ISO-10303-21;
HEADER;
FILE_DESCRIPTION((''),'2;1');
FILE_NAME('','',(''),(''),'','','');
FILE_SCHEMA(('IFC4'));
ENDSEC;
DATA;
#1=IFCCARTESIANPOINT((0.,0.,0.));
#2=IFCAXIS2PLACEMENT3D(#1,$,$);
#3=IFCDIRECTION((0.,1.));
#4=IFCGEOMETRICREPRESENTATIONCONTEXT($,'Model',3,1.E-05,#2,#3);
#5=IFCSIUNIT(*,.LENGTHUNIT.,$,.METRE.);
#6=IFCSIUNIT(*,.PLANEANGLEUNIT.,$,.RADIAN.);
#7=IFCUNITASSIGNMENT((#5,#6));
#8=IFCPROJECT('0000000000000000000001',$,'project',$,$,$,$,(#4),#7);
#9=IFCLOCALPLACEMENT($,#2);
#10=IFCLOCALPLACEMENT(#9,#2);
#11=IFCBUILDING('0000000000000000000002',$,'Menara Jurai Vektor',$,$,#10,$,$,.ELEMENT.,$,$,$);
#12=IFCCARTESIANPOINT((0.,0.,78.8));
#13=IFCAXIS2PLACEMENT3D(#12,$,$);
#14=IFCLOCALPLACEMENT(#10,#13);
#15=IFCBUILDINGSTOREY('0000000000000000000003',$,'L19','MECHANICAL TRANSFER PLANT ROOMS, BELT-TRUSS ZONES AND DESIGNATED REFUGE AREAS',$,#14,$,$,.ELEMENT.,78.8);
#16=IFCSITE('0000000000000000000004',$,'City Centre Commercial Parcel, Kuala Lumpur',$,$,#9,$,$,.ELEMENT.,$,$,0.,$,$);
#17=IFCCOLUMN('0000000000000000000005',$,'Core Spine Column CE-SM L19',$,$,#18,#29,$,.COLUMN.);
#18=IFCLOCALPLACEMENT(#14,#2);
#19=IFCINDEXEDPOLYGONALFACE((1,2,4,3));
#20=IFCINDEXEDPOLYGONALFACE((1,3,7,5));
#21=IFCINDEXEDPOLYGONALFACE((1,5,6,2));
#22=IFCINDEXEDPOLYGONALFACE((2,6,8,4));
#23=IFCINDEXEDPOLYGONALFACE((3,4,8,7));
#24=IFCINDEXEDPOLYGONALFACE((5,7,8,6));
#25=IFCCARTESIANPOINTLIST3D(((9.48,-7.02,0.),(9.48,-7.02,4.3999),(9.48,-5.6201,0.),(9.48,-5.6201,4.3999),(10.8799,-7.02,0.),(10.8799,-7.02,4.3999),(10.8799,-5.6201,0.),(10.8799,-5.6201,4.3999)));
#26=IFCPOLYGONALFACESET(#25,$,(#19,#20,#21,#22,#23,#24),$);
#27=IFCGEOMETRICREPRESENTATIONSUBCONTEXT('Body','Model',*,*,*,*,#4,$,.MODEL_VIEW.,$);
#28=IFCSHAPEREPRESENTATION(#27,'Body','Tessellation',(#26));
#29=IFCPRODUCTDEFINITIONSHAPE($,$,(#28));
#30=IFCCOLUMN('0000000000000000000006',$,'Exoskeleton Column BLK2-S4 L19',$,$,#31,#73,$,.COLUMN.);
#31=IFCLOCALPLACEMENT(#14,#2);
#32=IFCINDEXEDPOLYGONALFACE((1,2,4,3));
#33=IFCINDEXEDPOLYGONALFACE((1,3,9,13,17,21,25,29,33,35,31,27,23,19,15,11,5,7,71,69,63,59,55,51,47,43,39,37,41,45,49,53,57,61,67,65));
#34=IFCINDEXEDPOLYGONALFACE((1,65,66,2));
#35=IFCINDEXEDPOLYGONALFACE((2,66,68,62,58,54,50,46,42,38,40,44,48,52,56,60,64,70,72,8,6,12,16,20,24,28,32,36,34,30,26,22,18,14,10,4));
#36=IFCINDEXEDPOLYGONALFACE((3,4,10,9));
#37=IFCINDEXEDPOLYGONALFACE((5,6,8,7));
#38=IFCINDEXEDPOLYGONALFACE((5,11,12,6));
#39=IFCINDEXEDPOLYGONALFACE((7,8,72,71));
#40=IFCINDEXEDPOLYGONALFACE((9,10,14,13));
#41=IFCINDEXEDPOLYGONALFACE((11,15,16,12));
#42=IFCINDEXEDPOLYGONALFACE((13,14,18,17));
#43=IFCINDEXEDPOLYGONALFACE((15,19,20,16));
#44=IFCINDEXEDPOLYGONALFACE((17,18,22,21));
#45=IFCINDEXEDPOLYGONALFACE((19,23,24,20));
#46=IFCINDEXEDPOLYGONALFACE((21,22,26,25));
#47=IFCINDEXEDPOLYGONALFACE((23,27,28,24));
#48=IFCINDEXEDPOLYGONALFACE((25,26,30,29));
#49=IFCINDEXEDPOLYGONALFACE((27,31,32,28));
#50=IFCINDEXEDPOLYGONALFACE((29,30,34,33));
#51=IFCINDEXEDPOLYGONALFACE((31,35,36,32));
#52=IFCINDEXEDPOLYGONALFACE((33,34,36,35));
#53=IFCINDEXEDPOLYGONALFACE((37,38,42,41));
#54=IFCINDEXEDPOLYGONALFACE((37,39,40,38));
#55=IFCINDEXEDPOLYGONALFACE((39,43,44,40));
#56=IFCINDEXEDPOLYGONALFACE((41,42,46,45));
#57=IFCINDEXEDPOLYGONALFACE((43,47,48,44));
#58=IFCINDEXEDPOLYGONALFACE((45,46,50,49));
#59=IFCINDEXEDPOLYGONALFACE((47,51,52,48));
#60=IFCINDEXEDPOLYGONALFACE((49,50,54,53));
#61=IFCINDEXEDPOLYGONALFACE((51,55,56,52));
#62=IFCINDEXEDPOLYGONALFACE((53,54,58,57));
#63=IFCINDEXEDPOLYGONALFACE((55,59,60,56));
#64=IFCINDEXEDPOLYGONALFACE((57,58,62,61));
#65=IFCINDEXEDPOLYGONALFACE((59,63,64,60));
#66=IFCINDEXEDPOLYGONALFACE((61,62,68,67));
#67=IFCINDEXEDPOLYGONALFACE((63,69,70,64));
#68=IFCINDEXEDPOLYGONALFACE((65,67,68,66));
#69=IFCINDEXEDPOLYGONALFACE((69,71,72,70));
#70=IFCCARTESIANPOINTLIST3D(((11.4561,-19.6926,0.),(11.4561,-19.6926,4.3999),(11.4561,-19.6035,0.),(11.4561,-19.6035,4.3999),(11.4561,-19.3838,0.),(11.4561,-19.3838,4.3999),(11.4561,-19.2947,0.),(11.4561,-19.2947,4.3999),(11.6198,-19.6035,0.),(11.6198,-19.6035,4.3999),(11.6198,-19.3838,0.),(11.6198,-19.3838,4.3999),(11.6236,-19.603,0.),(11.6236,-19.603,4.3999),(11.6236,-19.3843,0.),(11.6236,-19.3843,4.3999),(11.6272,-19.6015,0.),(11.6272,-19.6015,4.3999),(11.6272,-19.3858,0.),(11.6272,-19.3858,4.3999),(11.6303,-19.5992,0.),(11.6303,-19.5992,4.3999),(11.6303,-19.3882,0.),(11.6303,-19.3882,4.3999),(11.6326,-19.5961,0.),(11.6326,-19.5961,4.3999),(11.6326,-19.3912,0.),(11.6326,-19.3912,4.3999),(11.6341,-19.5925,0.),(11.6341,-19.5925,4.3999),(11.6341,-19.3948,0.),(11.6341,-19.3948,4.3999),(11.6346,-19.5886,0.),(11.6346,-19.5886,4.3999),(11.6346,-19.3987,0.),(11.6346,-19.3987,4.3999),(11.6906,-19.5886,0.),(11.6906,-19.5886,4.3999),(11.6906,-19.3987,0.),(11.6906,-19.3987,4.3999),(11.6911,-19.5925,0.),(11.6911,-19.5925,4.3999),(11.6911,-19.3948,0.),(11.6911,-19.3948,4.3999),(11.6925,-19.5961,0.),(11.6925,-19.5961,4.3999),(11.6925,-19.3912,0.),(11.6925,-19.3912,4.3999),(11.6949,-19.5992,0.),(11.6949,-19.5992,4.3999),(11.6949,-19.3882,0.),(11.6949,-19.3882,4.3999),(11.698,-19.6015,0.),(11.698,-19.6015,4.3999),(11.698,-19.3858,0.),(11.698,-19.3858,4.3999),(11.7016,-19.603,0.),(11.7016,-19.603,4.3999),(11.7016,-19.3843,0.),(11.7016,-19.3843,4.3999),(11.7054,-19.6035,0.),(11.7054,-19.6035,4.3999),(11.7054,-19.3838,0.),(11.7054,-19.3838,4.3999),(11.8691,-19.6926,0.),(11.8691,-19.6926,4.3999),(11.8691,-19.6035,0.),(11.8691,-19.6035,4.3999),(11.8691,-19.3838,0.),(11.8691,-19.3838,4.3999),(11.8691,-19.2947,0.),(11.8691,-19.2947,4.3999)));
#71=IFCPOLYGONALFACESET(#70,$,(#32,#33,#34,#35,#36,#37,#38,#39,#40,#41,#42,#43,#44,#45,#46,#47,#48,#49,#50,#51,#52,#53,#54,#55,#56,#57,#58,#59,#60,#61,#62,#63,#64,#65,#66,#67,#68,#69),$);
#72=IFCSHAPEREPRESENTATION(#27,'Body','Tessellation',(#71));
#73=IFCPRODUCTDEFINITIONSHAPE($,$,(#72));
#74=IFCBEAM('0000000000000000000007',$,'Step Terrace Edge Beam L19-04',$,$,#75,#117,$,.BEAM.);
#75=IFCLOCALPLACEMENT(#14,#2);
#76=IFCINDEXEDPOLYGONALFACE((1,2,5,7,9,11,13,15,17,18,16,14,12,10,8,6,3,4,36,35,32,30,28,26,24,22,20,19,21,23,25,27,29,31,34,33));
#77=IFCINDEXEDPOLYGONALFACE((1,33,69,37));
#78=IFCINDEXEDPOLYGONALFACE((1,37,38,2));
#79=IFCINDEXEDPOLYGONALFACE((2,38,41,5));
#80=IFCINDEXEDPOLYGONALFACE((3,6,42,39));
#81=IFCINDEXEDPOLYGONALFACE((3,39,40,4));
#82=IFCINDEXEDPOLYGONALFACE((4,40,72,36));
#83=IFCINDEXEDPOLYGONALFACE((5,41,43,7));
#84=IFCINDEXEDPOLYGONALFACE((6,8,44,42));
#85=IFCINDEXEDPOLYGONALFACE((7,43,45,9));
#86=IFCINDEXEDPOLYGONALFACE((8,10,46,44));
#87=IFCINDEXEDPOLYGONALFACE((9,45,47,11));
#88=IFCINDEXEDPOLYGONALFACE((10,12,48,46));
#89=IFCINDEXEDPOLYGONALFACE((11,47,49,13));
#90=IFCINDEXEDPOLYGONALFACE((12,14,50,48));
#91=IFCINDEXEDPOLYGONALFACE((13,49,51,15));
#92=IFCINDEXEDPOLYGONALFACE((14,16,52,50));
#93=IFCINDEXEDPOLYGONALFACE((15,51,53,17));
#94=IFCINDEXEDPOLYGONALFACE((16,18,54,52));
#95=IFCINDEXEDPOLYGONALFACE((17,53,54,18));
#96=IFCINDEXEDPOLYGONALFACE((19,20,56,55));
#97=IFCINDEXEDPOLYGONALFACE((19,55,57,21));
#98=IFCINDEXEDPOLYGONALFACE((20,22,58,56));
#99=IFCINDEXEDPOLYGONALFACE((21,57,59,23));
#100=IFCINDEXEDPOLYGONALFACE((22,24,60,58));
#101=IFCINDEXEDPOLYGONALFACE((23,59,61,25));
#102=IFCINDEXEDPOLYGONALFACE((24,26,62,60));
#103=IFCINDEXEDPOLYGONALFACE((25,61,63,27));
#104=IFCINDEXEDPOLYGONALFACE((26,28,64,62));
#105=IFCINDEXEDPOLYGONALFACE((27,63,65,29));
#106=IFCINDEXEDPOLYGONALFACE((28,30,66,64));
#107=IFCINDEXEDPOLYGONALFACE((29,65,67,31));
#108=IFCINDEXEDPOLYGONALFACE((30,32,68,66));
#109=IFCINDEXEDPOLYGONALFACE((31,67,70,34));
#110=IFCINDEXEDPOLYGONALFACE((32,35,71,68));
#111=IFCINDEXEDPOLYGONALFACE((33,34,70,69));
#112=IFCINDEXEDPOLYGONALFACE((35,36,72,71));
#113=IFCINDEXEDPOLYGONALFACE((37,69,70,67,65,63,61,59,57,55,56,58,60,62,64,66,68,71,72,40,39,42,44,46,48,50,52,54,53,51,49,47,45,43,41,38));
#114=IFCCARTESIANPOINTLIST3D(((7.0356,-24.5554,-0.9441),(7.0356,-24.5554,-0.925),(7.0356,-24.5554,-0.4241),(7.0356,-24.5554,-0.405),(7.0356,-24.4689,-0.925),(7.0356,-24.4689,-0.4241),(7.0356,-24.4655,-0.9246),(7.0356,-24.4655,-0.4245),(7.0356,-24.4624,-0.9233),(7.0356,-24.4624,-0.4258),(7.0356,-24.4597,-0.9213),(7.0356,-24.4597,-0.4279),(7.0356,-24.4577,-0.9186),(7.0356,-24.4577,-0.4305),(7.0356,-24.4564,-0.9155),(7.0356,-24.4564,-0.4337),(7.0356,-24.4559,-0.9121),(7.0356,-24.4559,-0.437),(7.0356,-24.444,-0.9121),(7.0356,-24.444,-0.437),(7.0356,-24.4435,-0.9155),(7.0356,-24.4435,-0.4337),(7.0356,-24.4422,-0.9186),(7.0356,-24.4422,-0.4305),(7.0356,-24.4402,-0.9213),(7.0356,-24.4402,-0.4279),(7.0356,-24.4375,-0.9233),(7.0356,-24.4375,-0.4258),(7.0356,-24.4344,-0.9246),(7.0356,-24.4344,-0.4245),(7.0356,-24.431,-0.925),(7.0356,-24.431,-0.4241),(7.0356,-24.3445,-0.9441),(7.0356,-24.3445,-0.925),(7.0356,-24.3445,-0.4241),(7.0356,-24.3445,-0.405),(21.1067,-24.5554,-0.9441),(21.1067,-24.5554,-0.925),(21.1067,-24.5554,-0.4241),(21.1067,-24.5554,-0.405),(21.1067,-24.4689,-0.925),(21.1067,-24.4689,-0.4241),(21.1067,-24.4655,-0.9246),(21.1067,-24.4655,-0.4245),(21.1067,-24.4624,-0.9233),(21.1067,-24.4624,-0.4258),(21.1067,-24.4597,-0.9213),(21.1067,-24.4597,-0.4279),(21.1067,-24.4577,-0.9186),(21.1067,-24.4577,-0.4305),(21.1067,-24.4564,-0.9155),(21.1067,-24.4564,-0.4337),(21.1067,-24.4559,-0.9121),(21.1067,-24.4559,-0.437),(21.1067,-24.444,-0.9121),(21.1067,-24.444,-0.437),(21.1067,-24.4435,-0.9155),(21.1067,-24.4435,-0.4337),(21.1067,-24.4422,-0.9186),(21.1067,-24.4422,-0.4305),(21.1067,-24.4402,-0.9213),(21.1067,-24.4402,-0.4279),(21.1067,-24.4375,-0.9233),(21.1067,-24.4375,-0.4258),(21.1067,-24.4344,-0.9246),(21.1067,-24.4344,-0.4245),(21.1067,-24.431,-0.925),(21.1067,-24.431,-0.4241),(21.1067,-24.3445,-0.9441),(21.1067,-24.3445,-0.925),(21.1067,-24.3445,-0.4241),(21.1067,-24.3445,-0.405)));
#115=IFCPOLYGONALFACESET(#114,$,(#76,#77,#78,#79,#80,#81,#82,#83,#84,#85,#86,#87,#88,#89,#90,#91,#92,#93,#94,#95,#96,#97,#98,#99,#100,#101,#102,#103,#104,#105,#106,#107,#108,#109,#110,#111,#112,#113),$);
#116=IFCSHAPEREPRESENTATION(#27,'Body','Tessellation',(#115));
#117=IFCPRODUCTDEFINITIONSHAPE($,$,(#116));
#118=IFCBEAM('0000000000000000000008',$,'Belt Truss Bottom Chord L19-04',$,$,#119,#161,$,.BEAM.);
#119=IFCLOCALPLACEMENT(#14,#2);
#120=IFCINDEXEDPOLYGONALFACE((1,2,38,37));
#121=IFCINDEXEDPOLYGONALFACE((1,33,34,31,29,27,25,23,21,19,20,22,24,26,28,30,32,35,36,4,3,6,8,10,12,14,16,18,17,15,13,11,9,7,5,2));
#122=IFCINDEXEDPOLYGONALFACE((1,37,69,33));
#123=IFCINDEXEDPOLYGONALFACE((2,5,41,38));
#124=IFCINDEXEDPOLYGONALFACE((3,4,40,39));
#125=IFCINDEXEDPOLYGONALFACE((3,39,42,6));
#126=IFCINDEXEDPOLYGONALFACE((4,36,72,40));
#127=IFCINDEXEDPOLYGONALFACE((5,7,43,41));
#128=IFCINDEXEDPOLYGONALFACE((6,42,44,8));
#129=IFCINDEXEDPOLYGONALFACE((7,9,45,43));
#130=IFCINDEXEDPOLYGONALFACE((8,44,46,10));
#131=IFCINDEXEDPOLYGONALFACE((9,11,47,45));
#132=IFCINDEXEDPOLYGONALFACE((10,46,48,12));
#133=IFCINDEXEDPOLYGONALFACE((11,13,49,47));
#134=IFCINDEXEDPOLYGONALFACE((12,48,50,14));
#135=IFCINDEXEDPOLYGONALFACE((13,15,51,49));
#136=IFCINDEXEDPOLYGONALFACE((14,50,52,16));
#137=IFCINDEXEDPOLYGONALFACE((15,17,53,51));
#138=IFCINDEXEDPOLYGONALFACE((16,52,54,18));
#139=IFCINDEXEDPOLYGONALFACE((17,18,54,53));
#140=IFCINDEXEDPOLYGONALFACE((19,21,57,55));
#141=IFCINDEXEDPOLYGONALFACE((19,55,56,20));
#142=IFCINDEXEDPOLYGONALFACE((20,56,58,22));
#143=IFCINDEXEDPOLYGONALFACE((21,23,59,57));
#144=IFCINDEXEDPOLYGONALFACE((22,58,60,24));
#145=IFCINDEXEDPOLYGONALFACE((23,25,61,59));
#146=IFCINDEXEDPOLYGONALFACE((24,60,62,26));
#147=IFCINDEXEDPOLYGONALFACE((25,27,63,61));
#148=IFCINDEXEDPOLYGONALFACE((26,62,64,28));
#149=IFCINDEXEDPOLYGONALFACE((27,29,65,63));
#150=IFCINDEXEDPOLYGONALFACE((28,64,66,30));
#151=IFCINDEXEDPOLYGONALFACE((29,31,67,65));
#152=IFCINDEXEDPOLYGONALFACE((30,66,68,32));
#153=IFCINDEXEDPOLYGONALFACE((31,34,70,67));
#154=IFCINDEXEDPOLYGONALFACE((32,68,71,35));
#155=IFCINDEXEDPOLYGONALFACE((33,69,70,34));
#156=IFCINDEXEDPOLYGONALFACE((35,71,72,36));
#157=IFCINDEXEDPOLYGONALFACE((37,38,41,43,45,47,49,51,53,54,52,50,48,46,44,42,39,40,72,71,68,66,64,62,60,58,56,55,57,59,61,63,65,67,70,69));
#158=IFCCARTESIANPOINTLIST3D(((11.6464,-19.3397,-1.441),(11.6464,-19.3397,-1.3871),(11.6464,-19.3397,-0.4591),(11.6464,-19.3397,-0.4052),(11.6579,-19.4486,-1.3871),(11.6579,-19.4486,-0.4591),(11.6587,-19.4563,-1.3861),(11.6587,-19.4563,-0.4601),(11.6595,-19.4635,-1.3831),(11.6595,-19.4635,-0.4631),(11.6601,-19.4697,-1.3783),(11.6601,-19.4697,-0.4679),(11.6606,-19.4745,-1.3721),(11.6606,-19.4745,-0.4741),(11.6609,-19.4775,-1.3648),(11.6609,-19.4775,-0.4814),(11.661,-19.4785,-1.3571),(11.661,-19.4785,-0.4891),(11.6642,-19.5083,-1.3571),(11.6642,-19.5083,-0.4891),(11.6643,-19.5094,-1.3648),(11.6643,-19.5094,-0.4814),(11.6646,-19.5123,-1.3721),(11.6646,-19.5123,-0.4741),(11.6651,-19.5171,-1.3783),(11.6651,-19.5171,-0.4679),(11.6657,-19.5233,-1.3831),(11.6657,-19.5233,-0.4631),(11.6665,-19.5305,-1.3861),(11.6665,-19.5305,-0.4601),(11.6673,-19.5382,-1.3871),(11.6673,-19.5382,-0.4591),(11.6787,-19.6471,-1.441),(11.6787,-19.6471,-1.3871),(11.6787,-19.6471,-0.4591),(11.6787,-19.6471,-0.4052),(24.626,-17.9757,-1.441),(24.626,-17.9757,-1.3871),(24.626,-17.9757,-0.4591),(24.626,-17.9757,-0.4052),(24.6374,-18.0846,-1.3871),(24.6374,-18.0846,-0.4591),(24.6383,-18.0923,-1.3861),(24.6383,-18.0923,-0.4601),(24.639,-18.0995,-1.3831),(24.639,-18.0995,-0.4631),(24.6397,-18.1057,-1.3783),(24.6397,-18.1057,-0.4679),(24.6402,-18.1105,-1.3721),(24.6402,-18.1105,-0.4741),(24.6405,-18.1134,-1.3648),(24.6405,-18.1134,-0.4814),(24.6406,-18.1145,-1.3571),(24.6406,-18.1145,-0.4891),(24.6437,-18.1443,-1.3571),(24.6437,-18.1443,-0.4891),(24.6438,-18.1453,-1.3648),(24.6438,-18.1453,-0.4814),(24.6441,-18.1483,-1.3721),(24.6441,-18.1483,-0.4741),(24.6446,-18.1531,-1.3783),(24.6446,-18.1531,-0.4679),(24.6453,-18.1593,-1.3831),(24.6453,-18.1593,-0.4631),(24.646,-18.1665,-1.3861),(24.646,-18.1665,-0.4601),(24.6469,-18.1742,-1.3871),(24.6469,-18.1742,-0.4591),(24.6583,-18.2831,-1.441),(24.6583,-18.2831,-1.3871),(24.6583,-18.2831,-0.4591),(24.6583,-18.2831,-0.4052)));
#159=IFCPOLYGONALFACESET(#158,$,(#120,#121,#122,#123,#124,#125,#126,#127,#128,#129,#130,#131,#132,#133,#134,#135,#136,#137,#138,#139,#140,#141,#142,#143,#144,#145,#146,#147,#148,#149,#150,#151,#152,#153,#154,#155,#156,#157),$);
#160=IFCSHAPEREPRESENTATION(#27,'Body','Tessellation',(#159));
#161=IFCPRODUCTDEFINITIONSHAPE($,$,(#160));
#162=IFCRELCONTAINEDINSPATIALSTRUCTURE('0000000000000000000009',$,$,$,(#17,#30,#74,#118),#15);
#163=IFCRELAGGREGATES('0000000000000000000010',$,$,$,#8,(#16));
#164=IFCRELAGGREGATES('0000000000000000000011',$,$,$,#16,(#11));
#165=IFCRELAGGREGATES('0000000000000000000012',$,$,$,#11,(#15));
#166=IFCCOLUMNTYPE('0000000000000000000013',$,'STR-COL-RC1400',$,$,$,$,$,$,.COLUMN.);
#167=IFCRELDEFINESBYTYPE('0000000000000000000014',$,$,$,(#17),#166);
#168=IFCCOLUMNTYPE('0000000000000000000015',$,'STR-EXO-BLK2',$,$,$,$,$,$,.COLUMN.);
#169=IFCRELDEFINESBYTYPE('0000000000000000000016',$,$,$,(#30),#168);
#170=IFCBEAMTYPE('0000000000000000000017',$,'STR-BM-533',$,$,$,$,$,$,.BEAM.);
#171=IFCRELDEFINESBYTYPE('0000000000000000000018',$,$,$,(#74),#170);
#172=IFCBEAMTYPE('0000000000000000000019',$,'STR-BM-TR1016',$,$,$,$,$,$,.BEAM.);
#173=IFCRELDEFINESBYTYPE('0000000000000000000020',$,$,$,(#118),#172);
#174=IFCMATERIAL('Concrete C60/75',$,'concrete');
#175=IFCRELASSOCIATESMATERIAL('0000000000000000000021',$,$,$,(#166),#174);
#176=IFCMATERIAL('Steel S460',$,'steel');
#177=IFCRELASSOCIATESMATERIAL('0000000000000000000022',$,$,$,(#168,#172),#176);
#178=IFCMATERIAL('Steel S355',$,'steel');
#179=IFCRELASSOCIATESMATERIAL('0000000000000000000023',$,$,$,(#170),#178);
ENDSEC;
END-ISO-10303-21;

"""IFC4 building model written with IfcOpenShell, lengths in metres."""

from ifc_helpers import new_model, si_unit, direction, frame, origin, origin_2d, place, context, subcontext, project, spatial, rectangle, i_section, extrude, material, material_profile, profile_set, type_object, element, save


model = new_model("IFC4")

# Units and contexts
model_context = context("Model", 3, precision=1e-05, world=origin(), true_north=direction((0.0, 1.0)))
body_context = subcontext(model_context, "Body", "Model", "MODEL_VIEW")
ifc_project = project(units=[si_unit("LENGTHUNIT", "METRE"), si_unit("PLANEANGLEUNIT", "RADIAN")], contexts=[model_context])

# Site, building, storey
site_placement = place(None, origin())
site = spatial("IfcSite", under=ifc_project, at=site_placement, Name="City Centre Commercial Parcel, Kuala Lumpur", CompositionType="ELEMENT", RefElevation=0.0)
building_placement = place(site_placement, origin())
building = spatial("IfcBuilding", under=site, at=building_placement, Name="Menara Jurai Vektor", CompositionType="ELEMENT")
storey_placement = place(building_placement, frame((0.0, 0.0, 78.8)))
storey = spatial("IfcBuildingStorey", under=building, at=storey_placement, Name="L19", Description="MECHANICAL TRANSFER PLANT ROOMS, BELT-TRUSS ZONES AND DESIGNATED REFUGE AREAS", CompositionType="ELEMENT", Elevation=78.8)

# Columns
ifc_material_1 = material(Name="Concrete C60/75", Category="concrete")
ifc_material_profile_1 = material_profile(ifc_material_1, rectangle(XDim=1.3999, YDim=1.3999, at=origin_2d()), Name="RC 1400x1400")
ifc_profile_set_1 = profile_set([ifc_material_profile_1], Name="Concrete C60/75")
column_type_1 = type_object("IfcColumnType", Name="STR-COL-RC1400", PredefinedType="COLUMN", material=ifc_profile_set_1)
column_1_placement = place(storey_placement, frame((10.1799, -6.3201, 0.0), z_axis=(0.0, 0.0, 1.0), x_axis=(1.0, 0.0, 0.0)))
element("IfcColumn", 1, at=column_1_placement, inside=storey, type_object=column_type_1, Name="Core Spine Column CE-SM L19", PredefinedType="COLUMN", context=body_context, shape_type="SweptSolid", body=[
    extrude(rectangle(XDim=1.3999, YDim=1.3999, at=origin_2d()), origin(), (0.0, 0.0, 1.0), 4.3999),
])
ifc_material_2 = material(Name="Steel S460", Category="steel")
ifc_material_profile_2 = material_profile(ifc_material_2, i_section(OverallWidth=0.4131, OverallDepth=0.3979, WebThickness=0.0559, FlangeThickness=0.0891, FilletRadius=0.0149, at=origin_2d()), Name="HD 400x744")
ifc_profile_set_2 = profile_set([ifc_material_profile_2], Name="Steel S460")
column_type_2 = type_object("IfcColumnType", Name="STR-EXO-BLK2", PredefinedType="COLUMN", material=ifc_profile_set_2)
column_2_placement = place(storey_placement, frame((11.6626, -19.4937, 0.0), z_axis=(0.0, 0.0, 1.0), x_axis=(1.0, 0.0, 0.0)))
element("IfcColumn", 2, at=column_2_placement, inside=storey, type_object=column_type_2, Name="Exoskeleton Column BLK2-S4 L19", PredefinedType="COLUMN", context=body_context, shape_type="SweptSolid", body=[
    extrude(i_section(OverallWidth=0.4131, OverallDepth=0.3979, WebThickness=0.0559, FlangeThickness=0.0891, FilletRadius=0.0149, at=origin_2d()), origin(), (0.0, 0.0, 1.0), 4.3999),
])

# Beams
ifc_material_3 = material(Name="Steel S355", Category="steel")
ifc_material_profile_3 = material_profile(ifc_material_3, i_section(OverallWidth=0.2109, OverallDepth=0.5391, WebThickness=0.012, FlangeThickness=0.019, FilletRadius=0.0129, at=origin_2d()), Name="UKB 533x210x109")
ifc_profile_set_3 = profile_set([ifc_material_profile_3], Name="Steel S355")
beam_type_1 = type_object("IfcBeamType", Name="STR-BM-533", PredefinedType="BEAM", material=ifc_profile_set_3)
beam_1_placement = place(storey_placement, frame((7.0356, -24.45, -0.6746), z_axis=(1.0, 0.0, 0.0), x_axis=(0.0, 1.0, 0.0)))
element("IfcBeam", 3, at=beam_1_placement, inside=storey, type_object=beam_type_1, Name="Step Terrace Edge Beam L19-04", PredefinedType="BEAM", context=body_context, shape_type="SweptSolid", body=[
    extrude(i_section(OverallWidth=0.2109, OverallDepth=0.5391, WebThickness=0.012, FlangeThickness=0.019, FilletRadius=0.0129, at=origin_2d()), origin(), (0.0, 0.0, 1.0), 14.071),
])
ifc_material_profile_4 = material_profile(ifc_material_2, i_section(OverallWidth=0.3091, OverallDepth=1.0359, WebThickness=0.03, FlangeThickness=0.054, FilletRadius=0.03, at=origin_2d()), Name="UKB 1016x305x487")
ifc_profile_set_4 = profile_set([ifc_material_profile_4], Name="Steel S460")
beam_type_2 = type_object("IfcBeamType", Name="STR-BM-TR1016", PredefinedType="BEAM", material=ifc_profile_set_4)
beam_2_placement = place(storey_placement, frame((11.6626, -19.4934, -0.9231), z_axis=(0.994523, 0.104514, 0.0), x_axis=(-0.104514, 0.994523, 0.0)))
element("IfcBeam", 4, at=beam_2_placement, inside=storey, type_object=beam_type_2, Name="Belt Truss Bottom Chord L19-04", PredefinedType="BEAM", context=body_context, shape_type="SweptSolid", body=[
    extrude(i_section(OverallWidth=0.3091, OverallDepth=1.0359, WebThickness=0.03, FlangeThickness=0.054, FilletRadius=0.03, at=origin_2d()), origin(), (0.0, 0.0, 1.0), 13.051),
])

save(model, "model.ifc")
